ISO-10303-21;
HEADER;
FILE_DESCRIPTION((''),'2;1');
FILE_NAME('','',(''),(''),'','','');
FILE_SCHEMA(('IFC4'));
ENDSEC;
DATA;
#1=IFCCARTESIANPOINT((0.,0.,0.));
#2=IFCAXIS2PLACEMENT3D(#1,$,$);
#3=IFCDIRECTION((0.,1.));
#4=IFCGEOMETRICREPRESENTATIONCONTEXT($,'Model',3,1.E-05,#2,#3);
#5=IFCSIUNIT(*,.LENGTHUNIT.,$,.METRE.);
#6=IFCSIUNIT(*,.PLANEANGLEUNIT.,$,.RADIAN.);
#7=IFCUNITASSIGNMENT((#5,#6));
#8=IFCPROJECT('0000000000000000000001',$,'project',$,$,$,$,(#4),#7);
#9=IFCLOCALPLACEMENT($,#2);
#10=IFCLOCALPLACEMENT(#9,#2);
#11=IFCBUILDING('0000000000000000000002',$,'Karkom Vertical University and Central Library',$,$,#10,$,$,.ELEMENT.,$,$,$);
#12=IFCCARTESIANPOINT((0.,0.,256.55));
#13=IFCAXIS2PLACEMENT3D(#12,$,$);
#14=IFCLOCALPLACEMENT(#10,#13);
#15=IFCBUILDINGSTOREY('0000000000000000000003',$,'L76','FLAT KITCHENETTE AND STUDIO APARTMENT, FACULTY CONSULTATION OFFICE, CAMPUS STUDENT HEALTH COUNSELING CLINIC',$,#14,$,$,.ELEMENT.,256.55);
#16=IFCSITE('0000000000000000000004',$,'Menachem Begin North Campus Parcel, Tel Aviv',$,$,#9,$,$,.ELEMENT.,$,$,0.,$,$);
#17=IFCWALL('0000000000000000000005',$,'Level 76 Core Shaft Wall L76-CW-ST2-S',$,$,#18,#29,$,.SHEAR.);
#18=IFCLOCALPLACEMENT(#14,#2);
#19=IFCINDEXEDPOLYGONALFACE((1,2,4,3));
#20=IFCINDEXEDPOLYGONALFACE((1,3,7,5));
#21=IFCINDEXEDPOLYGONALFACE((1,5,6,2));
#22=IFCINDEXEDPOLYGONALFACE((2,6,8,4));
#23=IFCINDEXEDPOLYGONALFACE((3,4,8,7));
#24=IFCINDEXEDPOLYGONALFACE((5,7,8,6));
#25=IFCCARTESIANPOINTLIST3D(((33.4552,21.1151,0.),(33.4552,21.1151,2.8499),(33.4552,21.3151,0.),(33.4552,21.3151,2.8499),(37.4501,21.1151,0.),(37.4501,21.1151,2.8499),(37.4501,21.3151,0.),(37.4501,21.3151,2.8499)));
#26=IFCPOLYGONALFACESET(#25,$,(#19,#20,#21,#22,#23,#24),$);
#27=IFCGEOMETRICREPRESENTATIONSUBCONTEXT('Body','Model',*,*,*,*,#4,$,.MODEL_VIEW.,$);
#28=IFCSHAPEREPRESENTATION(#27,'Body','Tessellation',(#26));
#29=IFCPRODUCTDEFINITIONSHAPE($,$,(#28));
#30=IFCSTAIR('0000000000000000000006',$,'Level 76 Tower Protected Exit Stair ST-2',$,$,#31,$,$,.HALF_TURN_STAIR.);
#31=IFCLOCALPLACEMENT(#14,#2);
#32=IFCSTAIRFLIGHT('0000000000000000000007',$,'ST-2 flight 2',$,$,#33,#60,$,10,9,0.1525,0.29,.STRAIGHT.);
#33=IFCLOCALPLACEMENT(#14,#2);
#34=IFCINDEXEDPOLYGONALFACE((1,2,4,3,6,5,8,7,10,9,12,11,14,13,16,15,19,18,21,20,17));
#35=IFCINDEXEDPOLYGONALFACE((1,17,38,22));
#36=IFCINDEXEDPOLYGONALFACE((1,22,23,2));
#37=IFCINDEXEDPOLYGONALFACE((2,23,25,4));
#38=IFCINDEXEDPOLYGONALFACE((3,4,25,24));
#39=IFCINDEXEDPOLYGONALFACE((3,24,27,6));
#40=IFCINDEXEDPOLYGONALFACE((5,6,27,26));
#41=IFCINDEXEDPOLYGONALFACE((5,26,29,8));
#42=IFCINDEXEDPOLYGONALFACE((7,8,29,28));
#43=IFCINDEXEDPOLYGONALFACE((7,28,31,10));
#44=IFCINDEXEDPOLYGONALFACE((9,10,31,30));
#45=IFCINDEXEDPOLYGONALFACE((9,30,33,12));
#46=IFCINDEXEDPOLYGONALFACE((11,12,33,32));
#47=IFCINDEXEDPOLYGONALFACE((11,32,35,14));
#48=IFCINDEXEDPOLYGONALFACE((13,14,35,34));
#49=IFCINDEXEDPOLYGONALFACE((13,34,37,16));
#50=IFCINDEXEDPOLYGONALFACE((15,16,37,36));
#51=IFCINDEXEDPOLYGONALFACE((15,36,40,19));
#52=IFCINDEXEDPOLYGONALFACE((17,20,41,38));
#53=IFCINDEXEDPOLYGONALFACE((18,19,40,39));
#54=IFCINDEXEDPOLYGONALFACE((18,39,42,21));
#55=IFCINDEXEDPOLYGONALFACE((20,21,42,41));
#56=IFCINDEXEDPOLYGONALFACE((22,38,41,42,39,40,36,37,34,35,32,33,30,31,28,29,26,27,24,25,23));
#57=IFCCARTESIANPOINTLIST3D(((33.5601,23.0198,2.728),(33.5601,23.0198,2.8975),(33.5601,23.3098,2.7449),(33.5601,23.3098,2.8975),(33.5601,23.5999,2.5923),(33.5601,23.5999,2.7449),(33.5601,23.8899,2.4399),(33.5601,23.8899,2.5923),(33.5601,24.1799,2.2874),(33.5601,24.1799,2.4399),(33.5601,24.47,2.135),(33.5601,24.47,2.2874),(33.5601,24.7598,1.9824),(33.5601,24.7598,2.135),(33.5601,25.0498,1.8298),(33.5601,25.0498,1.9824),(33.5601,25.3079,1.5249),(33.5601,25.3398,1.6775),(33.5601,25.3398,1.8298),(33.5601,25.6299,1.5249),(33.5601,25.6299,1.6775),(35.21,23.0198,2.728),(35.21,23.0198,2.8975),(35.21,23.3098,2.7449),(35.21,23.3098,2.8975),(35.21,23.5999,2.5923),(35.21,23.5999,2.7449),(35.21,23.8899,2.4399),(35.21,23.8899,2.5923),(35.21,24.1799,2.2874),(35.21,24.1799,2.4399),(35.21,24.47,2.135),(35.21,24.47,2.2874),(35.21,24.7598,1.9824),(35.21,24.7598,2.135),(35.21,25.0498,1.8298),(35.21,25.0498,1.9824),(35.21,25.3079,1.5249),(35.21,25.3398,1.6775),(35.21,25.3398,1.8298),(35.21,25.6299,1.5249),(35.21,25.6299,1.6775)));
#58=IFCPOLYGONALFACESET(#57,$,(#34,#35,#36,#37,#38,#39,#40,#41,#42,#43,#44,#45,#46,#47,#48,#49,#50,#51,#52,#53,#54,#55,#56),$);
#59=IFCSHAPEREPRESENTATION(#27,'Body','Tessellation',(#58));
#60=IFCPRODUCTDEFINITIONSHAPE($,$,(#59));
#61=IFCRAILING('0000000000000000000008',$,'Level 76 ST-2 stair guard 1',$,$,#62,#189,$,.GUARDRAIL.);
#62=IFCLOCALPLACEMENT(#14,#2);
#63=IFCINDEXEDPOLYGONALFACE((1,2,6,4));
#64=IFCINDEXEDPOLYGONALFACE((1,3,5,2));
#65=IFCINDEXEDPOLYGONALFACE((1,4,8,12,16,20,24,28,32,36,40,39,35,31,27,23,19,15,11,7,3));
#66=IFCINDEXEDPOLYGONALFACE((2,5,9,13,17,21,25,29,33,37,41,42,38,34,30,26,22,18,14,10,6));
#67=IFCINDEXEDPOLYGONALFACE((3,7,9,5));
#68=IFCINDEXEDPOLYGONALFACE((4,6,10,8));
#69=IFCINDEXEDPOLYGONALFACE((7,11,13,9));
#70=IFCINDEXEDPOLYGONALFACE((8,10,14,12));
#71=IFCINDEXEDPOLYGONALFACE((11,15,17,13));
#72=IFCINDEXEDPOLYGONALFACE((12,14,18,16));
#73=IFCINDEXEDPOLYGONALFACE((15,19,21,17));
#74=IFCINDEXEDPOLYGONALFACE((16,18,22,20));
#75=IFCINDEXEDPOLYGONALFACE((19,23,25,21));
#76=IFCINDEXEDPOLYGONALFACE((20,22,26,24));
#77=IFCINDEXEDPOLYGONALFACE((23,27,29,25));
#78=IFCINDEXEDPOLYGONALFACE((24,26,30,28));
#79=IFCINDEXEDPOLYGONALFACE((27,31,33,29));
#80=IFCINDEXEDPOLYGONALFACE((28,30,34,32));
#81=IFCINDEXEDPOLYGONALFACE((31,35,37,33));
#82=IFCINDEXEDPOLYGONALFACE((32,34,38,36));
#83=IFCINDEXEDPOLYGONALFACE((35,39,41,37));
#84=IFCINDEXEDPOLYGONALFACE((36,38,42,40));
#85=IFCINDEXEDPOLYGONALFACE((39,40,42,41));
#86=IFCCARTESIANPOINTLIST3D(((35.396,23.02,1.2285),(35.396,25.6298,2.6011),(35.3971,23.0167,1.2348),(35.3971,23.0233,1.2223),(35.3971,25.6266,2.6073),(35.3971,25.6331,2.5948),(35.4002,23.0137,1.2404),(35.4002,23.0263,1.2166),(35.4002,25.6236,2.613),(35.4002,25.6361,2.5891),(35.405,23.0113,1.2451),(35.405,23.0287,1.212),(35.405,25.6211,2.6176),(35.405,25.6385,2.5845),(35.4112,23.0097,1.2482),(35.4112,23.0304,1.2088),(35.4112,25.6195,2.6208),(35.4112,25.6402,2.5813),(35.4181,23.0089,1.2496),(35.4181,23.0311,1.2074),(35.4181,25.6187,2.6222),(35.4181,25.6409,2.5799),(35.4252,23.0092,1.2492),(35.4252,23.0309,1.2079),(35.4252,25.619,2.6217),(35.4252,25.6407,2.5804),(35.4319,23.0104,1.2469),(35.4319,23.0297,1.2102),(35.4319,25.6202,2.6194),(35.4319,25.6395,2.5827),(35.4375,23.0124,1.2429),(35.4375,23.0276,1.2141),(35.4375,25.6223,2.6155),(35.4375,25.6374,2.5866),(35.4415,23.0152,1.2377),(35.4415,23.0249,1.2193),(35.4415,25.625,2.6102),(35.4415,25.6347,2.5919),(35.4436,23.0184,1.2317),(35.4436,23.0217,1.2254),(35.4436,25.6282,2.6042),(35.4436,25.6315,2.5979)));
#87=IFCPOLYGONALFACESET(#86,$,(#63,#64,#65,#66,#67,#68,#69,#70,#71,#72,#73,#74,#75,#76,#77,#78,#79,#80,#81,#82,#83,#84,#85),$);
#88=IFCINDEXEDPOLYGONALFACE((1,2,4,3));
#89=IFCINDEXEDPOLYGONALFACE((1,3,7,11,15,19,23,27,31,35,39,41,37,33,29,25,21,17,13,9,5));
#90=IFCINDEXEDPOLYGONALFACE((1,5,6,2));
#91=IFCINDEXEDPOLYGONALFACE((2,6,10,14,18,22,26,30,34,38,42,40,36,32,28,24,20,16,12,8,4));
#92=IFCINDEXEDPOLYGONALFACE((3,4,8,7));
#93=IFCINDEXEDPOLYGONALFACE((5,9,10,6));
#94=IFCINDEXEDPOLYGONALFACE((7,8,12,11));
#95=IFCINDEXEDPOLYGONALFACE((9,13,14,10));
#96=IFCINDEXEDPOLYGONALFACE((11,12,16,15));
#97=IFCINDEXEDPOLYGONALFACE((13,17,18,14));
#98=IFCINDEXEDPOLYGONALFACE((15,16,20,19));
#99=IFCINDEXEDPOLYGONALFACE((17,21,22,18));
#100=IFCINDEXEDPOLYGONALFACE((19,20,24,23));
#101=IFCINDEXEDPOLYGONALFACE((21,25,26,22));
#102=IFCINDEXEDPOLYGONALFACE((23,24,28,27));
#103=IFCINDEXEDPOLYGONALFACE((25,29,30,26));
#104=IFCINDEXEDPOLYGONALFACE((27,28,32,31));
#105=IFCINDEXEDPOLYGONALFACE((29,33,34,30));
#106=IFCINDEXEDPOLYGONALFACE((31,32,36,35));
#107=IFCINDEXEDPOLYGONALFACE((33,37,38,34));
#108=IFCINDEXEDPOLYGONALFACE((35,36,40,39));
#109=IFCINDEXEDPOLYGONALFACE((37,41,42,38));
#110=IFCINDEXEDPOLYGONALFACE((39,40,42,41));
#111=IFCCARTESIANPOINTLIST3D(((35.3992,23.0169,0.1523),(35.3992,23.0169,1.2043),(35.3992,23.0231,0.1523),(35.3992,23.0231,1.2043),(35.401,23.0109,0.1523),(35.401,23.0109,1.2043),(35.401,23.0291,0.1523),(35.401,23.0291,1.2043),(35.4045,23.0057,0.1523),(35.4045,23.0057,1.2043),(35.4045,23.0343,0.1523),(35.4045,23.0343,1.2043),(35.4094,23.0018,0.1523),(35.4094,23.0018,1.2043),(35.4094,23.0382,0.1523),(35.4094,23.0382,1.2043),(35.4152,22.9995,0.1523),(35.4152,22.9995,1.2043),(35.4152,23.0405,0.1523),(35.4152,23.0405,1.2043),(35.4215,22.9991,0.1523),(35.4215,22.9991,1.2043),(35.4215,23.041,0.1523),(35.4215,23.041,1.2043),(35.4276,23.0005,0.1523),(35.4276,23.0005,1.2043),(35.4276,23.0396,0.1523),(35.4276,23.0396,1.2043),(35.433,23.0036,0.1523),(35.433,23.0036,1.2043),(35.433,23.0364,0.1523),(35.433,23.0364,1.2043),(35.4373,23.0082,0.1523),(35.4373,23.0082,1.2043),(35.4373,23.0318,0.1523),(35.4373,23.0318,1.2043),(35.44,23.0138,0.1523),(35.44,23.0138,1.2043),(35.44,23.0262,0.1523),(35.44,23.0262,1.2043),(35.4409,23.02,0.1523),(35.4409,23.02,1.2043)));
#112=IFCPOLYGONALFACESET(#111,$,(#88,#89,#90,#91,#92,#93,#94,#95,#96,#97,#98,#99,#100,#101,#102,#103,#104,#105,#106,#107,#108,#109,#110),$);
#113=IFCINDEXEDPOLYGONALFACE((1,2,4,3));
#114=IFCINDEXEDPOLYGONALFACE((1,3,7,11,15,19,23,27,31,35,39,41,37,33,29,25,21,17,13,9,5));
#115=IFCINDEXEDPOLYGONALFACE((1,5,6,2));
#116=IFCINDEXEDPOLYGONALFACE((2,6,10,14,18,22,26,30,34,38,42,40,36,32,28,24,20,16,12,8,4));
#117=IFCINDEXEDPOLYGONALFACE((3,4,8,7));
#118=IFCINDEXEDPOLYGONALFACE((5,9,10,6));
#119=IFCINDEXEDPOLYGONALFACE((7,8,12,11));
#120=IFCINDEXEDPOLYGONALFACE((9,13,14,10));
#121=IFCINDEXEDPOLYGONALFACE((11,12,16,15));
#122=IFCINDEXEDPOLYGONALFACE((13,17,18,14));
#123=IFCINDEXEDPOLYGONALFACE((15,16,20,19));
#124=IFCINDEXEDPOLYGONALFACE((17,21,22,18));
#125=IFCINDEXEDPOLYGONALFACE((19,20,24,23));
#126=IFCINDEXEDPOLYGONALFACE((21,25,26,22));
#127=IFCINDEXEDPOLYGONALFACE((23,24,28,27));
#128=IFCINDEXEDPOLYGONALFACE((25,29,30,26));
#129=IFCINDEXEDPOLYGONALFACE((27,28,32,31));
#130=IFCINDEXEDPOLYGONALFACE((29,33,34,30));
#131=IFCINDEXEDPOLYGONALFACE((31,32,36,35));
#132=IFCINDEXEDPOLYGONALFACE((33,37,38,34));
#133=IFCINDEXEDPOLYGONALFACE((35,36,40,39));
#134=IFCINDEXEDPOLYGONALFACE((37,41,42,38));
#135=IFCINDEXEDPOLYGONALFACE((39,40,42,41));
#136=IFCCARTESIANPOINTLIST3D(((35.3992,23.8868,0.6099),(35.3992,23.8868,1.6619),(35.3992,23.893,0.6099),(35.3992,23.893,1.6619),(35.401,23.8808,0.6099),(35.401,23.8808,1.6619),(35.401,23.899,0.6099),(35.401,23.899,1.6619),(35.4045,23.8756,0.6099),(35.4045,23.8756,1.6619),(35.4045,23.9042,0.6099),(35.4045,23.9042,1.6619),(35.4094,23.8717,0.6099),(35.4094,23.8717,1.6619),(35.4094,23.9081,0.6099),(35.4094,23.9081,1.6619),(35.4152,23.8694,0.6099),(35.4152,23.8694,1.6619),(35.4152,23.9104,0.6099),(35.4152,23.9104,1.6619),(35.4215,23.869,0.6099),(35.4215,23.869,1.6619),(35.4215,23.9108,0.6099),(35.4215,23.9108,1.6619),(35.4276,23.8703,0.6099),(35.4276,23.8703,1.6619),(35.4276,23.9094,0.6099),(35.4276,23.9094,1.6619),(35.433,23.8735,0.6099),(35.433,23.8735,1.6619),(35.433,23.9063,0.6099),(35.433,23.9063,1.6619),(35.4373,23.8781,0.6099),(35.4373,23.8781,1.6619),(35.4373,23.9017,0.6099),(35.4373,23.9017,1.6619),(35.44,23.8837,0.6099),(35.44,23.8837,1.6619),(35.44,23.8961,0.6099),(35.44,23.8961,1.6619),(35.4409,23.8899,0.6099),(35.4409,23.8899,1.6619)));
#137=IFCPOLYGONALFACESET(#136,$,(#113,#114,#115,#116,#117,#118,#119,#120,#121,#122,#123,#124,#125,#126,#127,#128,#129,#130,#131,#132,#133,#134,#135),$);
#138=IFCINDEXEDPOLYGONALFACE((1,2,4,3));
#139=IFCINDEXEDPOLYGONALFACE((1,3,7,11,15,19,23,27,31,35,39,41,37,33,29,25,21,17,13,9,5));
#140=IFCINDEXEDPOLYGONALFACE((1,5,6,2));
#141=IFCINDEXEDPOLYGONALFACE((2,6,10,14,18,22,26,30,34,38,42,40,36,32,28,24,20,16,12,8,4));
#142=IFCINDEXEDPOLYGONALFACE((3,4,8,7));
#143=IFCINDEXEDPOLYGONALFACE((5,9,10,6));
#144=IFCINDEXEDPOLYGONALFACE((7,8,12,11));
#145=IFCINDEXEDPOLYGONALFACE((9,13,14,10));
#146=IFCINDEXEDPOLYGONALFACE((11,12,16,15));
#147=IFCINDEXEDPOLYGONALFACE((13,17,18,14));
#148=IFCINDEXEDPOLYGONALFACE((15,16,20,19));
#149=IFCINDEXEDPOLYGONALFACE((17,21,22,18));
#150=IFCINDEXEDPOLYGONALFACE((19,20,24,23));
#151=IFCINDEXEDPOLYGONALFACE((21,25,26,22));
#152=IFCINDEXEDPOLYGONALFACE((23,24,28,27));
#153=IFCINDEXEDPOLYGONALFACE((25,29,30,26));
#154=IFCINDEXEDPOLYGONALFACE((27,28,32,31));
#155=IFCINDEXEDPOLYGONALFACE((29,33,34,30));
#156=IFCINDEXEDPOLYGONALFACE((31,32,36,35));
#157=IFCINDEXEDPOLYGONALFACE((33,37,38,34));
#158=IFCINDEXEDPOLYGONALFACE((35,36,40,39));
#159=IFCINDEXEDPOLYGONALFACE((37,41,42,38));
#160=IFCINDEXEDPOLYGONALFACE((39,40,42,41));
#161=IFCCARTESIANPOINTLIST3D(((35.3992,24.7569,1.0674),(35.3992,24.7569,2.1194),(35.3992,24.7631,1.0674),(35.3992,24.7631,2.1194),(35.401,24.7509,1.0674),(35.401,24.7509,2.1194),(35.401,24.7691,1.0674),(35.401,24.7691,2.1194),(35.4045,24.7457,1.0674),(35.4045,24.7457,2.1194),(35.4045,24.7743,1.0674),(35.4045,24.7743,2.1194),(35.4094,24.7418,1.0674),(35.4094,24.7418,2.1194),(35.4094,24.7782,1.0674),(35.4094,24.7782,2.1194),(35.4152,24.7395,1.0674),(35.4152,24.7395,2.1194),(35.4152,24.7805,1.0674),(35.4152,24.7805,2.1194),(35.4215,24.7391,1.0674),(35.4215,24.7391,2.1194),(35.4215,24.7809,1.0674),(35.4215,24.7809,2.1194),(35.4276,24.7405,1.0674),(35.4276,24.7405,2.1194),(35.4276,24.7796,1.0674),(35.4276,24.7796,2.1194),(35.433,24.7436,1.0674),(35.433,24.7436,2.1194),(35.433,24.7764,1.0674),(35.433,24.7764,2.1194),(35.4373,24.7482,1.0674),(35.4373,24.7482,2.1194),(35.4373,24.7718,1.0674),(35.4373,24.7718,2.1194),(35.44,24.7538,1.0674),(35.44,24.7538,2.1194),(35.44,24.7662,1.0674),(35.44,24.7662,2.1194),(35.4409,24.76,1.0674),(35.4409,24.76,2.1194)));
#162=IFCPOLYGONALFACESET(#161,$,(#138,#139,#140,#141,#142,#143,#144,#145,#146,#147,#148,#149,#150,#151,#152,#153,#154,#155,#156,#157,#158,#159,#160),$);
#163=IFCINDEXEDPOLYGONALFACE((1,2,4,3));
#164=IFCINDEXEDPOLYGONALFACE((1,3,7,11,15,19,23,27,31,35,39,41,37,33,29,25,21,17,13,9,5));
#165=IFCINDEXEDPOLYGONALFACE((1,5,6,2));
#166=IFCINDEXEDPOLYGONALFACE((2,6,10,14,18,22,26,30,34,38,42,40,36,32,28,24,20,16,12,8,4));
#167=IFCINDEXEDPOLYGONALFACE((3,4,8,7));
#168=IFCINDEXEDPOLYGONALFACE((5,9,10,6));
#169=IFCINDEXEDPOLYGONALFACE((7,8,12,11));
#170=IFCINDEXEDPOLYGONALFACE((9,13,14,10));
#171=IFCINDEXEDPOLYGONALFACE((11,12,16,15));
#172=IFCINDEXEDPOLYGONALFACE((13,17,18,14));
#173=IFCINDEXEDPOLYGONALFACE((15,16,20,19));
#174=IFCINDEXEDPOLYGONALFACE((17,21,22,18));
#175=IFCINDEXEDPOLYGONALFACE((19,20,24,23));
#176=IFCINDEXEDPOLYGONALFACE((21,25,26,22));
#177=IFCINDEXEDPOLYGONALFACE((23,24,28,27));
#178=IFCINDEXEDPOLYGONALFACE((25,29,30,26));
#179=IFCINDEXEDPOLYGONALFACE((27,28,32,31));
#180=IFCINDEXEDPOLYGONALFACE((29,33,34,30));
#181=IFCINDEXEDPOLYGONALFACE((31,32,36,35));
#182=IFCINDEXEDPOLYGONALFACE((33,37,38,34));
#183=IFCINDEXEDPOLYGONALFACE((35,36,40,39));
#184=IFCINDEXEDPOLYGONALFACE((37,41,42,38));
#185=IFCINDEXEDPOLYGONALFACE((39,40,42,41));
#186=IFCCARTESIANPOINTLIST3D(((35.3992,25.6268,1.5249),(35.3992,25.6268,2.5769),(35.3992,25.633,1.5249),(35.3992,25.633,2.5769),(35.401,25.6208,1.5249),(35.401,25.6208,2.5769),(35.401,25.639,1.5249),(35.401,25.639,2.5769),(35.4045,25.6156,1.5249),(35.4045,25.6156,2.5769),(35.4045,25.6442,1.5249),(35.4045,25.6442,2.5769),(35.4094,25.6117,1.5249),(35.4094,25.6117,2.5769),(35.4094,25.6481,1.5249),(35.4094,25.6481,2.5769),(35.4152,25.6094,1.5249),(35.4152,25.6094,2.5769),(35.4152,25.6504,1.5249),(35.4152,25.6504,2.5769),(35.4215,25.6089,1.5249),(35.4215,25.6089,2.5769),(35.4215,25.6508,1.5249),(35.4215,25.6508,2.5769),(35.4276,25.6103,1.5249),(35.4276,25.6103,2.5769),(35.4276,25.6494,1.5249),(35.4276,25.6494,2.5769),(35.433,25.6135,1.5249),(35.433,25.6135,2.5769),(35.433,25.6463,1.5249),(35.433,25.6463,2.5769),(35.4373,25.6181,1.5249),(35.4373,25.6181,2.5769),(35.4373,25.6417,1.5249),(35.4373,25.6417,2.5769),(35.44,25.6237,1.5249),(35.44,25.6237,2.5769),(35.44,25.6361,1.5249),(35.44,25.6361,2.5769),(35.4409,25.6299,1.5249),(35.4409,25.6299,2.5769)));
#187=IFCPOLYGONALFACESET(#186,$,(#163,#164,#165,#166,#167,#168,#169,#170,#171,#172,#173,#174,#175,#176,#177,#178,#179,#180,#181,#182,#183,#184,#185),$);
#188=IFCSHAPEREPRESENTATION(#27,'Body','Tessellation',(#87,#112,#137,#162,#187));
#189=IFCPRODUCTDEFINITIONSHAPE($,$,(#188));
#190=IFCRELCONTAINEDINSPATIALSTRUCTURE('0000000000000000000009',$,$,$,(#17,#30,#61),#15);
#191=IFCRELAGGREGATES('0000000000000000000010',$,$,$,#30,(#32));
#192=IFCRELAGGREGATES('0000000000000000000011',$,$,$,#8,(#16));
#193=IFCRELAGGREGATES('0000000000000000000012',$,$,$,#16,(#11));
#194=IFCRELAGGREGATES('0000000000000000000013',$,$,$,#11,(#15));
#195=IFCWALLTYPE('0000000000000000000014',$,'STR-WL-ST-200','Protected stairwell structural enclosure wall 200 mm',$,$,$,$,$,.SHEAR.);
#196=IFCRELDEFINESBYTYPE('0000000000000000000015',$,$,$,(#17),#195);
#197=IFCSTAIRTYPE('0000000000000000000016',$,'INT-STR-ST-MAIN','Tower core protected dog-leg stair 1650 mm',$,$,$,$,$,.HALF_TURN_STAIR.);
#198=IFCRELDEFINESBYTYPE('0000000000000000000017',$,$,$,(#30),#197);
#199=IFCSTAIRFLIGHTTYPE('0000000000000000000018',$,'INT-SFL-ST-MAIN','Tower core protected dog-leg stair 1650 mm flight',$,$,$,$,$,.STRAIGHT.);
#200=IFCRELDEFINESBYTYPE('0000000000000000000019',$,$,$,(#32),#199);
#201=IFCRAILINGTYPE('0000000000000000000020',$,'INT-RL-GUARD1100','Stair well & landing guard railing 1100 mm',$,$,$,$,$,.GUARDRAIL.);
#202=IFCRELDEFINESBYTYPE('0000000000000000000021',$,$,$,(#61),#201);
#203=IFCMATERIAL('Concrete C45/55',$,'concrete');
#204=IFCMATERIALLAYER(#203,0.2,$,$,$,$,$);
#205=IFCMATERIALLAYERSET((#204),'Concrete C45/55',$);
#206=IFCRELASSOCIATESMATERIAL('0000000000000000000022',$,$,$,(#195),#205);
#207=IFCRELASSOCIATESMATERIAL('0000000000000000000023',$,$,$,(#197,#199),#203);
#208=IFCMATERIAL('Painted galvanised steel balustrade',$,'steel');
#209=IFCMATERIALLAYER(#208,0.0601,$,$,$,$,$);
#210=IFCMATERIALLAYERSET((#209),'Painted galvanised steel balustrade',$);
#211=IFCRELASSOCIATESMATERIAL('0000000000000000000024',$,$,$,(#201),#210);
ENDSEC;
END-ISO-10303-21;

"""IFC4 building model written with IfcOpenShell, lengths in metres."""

from ifc_helpers import new_model, si_unit, direction, frame, frame_2d, origin, origin_2d, place, context, subcontext, project, spatial, polyline, rectangle, circle, outline, extrude, material, layer, layer_set, type_object, element, aggregate, save


model = new_model("IFC4")

# Units and contexts
model_context = context("Model", 3, precision=1e-05, world=origin(), true_north=direction((0.0, 1.0)))
body_context = subcontext(model_context, "Body", "Model", "MODEL_VIEW")
ifc_project = project(units=[si_unit("LENGTHUNIT", "METRE"), si_unit("PLANEANGLEUNIT", "RADIAN")], contexts=[model_context])

# Site, building, storey
site_placement = place(None, origin())
site = spatial("IfcSite", under=ifc_project, at=site_placement, Name="Menachem Begin North Campus Parcel, Tel Aviv", CompositionType="ELEMENT", RefElevation=0.0)
building_placement = place(site_placement, origin())
building = spatial("IfcBuilding", under=site, at=building_placement, Name="Karkom Vertical University and Central Library", CompositionType="ELEMENT")
storey_placement = place(building_placement, frame((0.0, 0.0, 256.55)))
storey = spatial("IfcBuildingStorey", under=building, at=storey_placement, Name="L76", Description="FLAT KITCHENETTE AND STUDIO APARTMENT, FACULTY CONSULTATION OFFICE, CAMPUS STUDENT HEALTH COUNSELING CLINIC", CompositionType="ELEMENT", Elevation=256.55)

# Shared definitions
ifc_material_1 = material(Name="Concrete C45/55", Category="concrete")

# Shared definitions
ifc_layer_1 = layer(ifc_material_1, 0.2)
ifc_layer_set_1 = layer_set([ifc_layer_1], Name="Concrete C45/55")
wall_type_1 = type_object("IfcWallType", Name="STR-WL-ST-200", Description="Protected stairwell structural enclosure wall 200 mm", PredefinedType="SHEAR", material=ifc_layer_set_1)

# Wall
wall_1_placement = place(storey_placement, frame((33.4551, 21.2151, 0.0), z_axis=(0.0, 0.0, 1.0), x_axis=(1.0, 0.0, 0.0)))
element("IfcWall", 1, at=wall_1_placement, inside=storey, type_object=wall_type_1, Name="Level 76 Core Shaft Wall L76-CW-ST2-S", PredefinedType="SHEAR", context=body_context, shape_type="SweptSolid", body=[
    extrude(rectangle(XDim=3.9949, YDim=0.2, at=frame_2d((1.9976, 0.0))), origin(), (0.0, 0.0, 1.0), 2.8499),
])

# Stair, stair flight
stair_type = type_object("IfcStairType", Name="INT-STR-ST-MAIN", Description="Tower core protected dog-leg stair 1650 mm", PredefinedType="HALF_TURN_STAIR", material=ifc_material_1)
stair_placement = place(storey_placement, origin())
stair = element("IfcStair", 2, at=stair_placement, inside=storey, type_object=stair_type, Name="Level 76 Tower Protected Exit Stair ST-2", PredefinedType="HALF_TURN_STAIR")
stair_flight_type = type_object("IfcStairFlightType", Name="INT-SFL-ST-MAIN", Description="Tower core protected dog-leg stair 1650 mm flight", PredefinedType="STRAIGHT", material=ifc_material_1)
stair_flight_placement = place(storey_placement, frame((34.385, 25.6299, 1.5249), z_axis=(0.0, 0.0, 1.0), x_axis=(0.0, -1.0, 0.0)))
stair_flight = element("IfcStairFlight", 3, at=stair_flight_placement, type_object=stair_flight_type, Name="ST-2 flight 2", NumberOfRisers=10, NumberOfTreads=9, PredefinedType="STRAIGHT", RiserHeight=0.1525, TreadLength=0.29, context=body_context, shape_type="SweptSolid", body=[
    extrude(outline(polyline([(0.0, 0.0), (0.0, 0.1526), (0.29, 0.1526), (0.29, 0.3049), (0.5801, 0.3049), (0.5801, 0.4575), (0.8701, 0.4575), (0.8701, 0.6101), (1.1599, 0.6101), (1.1599, 0.7625), (1.45, 0.7625), (1.45, 0.915), (1.74, 0.915), (1.74, 1.0674), (2.03, 1.0674), (2.03, 1.22), (2.3201, 1.22), (2.3201, 1.3726), (2.6101, 1.3726), (2.6101, 1.5249), (2.6101, 1.2031), (0.322, 0.0), (0.0, 0.0)])), frame((0.0, 0.825, 0.0), z_axis=(0.0, -1.0, 0.0), x_axis=(1.0, 0.0, 0.0)), (0.0, 0.0, 1.0), 1.6499),
])
aggregate(stair, [stair_flight])

# Railing
ifc_material_2 = material(Name="Painted galvanised steel balustrade", Category="steel")
ifc_layer_2 = layer(ifc_material_2, 0.0601)
ifc_layer_set_2 = layer_set([ifc_layer_2], Name="Painted galvanised steel balustrade")
railing_type_1 = type_object("IfcRailingType", Name="INT-RL-GUARD1100", Description="Stair well & landing guard railing 1100 mm", PredefinedType="GUARDRAIL", material=ifc_layer_set_2)
railing_1_placement = place(storey_placement, frame((35.4199, 23.02, 0.1523)))
element("IfcRailing", 4, at=railing_1_placement, inside=storey, type_object=railing_type_1, Name="Level 76 ST-2 stair guard 1", PredefinedType="GUARDRAIL", context=body_context, shape_type="SweptSolid", body=[
    extrude(circle(Radius=0.0239, at=origin_2d()), frame((0.0, 0.0, 1.0762), z_axis=(0.0, 0.885065, 0.465467), x_axis=(-1.0, 0.0, 0.0)), (0.0, 0.0, 1.0), 2.9487),
    extrude(circle(Radius=0.021, at=origin_2d()), origin(), (0.0, 0.0, 1.0), 1.052),
    extrude(circle(Radius=0.021, at=origin_2d()), frame((0.0, 0.8699, 0.4575)), (0.0, 0.0, 1.0), 1.052),
    extrude(circle(Radius=0.021, at=origin_2d()), frame((0.0, 1.74, 0.915)), (0.0, 0.0, 1.0), 1.052),
    extrude(circle(Radius=0.021, at=origin_2d()), frame((0.0, 2.6099, 1.3726)), (0.0, 0.0, 1.0), 1.052),
])

save(model, "model.ifc")
